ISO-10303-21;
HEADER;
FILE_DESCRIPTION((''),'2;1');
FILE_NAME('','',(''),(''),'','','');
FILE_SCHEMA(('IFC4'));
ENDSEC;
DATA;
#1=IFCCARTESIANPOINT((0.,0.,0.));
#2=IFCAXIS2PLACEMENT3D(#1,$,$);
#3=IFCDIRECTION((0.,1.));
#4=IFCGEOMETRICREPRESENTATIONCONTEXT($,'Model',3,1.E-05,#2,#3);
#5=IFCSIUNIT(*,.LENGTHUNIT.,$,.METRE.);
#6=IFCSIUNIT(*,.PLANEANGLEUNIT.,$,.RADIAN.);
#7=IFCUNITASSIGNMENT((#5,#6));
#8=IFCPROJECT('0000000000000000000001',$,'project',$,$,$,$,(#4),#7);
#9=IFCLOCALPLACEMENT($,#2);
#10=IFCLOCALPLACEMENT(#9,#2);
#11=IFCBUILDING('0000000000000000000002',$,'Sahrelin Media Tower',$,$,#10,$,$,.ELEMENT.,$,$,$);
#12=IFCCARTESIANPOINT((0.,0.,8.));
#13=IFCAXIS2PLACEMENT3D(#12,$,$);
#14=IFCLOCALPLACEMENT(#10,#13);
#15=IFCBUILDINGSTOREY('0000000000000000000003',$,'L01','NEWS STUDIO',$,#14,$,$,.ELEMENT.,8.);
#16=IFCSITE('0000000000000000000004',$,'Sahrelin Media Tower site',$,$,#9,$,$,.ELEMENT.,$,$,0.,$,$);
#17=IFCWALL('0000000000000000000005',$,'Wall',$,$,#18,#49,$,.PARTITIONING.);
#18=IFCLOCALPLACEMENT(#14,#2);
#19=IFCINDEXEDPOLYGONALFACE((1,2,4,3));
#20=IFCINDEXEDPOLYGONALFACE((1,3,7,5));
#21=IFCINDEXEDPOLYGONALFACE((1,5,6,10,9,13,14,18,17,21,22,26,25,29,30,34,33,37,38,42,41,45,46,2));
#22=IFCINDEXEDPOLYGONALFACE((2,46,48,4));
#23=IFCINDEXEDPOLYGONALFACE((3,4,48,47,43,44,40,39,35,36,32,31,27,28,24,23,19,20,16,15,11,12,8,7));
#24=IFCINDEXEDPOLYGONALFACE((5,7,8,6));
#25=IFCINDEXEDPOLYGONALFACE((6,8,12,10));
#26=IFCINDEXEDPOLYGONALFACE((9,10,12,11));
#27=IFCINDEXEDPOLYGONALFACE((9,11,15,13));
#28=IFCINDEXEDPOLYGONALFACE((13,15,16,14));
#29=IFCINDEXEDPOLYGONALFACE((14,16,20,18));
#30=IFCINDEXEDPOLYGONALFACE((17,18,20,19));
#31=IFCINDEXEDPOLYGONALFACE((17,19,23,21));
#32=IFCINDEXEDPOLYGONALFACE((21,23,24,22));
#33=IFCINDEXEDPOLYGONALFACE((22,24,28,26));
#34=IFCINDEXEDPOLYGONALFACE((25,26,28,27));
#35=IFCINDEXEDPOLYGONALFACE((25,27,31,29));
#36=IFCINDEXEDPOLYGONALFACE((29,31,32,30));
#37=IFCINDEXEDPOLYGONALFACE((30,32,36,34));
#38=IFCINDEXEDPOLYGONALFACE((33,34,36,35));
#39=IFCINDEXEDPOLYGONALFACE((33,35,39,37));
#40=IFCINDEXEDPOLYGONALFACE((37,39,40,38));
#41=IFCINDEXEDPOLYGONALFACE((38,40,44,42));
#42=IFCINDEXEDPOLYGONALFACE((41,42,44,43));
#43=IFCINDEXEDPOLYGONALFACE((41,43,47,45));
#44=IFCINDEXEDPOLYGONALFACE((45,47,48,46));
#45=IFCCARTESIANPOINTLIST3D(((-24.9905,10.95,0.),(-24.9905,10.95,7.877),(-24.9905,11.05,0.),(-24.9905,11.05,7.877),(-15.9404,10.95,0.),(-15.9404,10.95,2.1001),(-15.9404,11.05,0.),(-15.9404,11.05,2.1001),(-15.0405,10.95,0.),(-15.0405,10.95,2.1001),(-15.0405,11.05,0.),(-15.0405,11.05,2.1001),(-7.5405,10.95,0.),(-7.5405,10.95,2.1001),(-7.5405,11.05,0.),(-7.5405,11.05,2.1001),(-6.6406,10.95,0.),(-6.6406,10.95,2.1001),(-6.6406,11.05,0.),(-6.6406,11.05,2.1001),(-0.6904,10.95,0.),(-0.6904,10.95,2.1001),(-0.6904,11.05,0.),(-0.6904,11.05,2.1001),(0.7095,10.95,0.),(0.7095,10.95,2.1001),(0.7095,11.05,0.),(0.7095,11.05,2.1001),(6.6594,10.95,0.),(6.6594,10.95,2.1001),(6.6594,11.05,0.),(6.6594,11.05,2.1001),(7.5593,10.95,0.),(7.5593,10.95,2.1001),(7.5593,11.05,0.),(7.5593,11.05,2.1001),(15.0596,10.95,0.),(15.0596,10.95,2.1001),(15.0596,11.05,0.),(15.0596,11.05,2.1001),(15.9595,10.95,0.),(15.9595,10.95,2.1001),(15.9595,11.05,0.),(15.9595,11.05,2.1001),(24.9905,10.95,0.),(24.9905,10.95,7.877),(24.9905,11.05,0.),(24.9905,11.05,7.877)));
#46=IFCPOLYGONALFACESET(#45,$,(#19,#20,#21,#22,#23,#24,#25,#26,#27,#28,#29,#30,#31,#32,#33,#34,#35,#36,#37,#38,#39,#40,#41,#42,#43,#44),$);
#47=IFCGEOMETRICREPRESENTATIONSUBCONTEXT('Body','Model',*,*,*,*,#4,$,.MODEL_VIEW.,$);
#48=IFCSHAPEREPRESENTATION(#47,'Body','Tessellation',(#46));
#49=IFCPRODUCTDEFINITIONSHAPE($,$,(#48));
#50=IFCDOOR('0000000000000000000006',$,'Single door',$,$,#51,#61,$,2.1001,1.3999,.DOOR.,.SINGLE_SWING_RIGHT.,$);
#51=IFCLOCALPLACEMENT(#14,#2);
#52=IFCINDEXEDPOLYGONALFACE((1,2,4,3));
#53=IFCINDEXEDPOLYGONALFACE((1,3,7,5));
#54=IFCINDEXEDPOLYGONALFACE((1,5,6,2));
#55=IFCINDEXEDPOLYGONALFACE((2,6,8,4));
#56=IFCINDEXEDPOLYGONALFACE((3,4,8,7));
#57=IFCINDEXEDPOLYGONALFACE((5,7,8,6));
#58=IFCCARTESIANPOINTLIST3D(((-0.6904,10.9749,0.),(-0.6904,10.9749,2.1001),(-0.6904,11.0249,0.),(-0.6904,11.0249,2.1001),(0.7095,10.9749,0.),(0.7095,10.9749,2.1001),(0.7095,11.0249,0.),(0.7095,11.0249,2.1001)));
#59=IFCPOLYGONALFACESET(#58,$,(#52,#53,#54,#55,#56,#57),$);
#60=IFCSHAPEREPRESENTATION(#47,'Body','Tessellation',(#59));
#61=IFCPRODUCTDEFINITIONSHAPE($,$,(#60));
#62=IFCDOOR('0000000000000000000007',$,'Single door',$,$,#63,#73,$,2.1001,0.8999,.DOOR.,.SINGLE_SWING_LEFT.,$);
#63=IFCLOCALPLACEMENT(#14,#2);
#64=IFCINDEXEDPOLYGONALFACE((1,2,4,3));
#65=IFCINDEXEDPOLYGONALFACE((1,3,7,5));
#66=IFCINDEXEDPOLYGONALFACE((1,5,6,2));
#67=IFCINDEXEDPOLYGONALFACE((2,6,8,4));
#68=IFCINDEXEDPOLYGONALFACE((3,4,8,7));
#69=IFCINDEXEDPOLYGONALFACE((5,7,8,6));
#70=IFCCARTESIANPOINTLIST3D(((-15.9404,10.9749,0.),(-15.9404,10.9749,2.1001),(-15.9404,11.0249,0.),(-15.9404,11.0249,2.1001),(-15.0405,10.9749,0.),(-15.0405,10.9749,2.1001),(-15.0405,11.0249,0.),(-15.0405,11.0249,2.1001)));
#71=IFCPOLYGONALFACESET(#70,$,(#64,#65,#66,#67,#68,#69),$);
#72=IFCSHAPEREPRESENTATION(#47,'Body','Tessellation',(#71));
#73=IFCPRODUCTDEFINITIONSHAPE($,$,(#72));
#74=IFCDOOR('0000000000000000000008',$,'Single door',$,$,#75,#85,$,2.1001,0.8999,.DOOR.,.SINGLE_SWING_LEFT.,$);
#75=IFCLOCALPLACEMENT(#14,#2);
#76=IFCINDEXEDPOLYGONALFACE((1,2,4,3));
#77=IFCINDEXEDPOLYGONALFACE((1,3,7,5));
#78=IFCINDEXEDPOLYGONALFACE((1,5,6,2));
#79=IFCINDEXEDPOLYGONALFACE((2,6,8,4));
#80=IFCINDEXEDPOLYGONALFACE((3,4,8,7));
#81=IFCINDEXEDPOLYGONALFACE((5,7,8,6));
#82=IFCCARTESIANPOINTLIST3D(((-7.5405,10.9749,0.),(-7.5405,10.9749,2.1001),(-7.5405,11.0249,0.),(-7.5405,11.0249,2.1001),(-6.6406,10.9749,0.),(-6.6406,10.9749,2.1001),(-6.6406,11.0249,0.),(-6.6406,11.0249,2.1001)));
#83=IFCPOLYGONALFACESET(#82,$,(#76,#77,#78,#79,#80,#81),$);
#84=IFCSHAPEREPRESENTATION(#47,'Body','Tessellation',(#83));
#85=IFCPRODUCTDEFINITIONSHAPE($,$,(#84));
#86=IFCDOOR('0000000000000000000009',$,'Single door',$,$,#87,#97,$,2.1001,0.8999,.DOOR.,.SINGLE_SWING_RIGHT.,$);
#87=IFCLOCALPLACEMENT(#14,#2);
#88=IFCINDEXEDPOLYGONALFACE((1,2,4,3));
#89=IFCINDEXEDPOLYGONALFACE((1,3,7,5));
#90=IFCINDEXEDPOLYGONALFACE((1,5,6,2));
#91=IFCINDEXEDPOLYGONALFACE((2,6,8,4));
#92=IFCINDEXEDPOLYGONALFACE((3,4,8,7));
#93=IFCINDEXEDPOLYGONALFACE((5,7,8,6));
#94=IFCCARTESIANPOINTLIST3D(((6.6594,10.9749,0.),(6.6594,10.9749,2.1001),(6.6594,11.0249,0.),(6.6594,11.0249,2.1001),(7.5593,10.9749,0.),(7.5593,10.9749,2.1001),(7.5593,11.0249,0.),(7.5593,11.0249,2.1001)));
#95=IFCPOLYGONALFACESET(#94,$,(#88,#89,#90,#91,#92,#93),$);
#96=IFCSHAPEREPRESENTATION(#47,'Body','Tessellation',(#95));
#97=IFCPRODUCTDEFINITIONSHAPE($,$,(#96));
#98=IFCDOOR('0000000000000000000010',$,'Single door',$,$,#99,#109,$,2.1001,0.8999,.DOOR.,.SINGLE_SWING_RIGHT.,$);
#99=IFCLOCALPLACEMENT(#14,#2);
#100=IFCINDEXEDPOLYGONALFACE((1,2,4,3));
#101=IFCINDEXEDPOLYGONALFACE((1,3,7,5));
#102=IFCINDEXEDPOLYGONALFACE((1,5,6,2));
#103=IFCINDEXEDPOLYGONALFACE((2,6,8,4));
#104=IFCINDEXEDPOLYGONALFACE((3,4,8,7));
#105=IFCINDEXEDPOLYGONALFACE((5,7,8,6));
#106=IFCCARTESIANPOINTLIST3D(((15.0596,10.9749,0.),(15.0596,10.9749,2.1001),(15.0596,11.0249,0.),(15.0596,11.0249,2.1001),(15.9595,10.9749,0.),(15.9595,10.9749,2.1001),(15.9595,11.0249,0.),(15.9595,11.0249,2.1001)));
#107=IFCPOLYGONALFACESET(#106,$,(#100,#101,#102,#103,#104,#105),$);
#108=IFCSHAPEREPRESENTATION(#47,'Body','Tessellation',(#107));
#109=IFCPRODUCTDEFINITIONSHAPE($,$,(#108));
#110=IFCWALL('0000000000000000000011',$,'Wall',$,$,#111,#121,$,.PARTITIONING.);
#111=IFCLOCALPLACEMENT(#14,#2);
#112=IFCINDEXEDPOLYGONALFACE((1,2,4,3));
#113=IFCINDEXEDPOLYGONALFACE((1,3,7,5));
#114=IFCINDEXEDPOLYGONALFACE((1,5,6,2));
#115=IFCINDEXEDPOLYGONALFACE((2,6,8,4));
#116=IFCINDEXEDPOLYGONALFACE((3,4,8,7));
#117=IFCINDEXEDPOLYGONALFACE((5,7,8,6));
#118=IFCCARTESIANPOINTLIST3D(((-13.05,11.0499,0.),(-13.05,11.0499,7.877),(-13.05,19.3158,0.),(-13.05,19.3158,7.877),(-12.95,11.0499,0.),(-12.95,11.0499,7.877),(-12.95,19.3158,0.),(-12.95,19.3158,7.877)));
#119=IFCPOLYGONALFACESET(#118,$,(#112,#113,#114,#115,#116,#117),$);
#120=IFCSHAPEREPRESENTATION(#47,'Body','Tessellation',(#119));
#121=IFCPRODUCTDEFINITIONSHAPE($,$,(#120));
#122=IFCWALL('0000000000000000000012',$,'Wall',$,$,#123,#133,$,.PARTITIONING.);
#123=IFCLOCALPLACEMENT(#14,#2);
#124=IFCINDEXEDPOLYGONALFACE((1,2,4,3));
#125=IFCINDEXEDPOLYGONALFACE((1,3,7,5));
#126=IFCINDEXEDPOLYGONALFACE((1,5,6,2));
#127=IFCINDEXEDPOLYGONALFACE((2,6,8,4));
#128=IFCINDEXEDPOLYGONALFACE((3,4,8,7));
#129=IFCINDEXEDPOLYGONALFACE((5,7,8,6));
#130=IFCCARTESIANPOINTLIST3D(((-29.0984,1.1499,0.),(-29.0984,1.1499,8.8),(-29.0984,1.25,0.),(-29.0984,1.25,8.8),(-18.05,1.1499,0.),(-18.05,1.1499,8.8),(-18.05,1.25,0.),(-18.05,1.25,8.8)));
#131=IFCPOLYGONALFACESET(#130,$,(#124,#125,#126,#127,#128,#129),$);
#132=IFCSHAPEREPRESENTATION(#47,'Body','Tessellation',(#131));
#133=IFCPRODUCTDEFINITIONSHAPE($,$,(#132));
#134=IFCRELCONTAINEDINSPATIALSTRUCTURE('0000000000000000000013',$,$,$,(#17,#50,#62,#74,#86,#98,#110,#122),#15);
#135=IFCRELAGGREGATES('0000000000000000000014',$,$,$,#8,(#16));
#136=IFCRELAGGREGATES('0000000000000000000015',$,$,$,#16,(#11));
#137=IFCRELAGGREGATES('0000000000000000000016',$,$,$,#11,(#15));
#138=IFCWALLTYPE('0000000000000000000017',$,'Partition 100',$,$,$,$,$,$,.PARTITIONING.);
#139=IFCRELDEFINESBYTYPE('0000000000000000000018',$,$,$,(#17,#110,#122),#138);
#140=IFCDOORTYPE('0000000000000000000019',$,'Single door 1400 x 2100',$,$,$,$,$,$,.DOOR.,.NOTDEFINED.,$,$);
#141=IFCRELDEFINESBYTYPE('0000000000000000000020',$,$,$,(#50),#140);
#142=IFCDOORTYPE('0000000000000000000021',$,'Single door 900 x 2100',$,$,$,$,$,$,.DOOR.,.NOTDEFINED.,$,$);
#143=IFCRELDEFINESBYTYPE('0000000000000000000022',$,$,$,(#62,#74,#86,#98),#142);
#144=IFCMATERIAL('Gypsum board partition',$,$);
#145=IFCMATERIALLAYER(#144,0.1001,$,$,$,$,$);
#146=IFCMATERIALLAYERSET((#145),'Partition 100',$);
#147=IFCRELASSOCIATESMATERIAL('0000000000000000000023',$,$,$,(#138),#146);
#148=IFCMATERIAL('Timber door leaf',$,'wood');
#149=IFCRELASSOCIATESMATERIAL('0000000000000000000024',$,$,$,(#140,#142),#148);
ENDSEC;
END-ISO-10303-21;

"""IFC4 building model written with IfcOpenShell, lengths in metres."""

from ifc_helpers import new_model, si_unit, direction, frame, frame_2d, origin, place, context, subcontext, project, spatial, rectangle, extrude, material, layer, layer_set, type_object, element, fill, save


model = new_model("IFC4")

# Units and contexts
model_context = context("Model", 3, precision=1e-05, world=origin(), true_north=direction((0.0, 1.0)))
body_context = subcontext(model_context, "Body", "Model", "MODEL_VIEW")
ifc_project = project(units=[si_unit("LENGTHUNIT", "METRE"), si_unit("PLANEANGLEUNIT", "RADIAN")], contexts=[model_context])

# Site, building, storey
site_placement = place(None, origin())
site = spatial("IfcSite", under=ifc_project, at=site_placement, Name="Sahrelin Media Tower site", CompositionType="ELEMENT", RefElevation=0.0)
building_placement = place(site_placement, origin())
building = spatial("IfcBuilding", under=site, at=building_placement, Name="Sahrelin Media Tower", CompositionType="ELEMENT")
storey_placement = place(building_placement, frame((0.0, 0.0, 8.0)))
storey = spatial("IfcBuildingStorey", under=building, at=storey_placement, Name="L01", Description="NEWS STUDIO", CompositionType="ELEMENT", Elevation=8.0)

# Shared definitions
ifc_material_1 = material(Name="Gypsum board partition")
ifc_layer_1 = layer(ifc_material_1, 0.1001)
ifc_layer_set_1 = layer_set([ifc_layer_1], Name="Partition 100")
wall_type_1 = type_object("IfcWallType", Name="Partition 100", PredefinedType="PARTITIONING", material=ifc_layer_set_1)

# Wall, openings, doors
wall_1_placement = place(storey_placement, frame((-24.9905, 11.0, 0.0), z_axis=(0.0, 0.0, 1.0), x_axis=(1.0, 0.0, 0.0)))
wall_1 = element("IfcWall", 1, at=wall_1_placement, inside=storey, type_object=wall_type_1, Name="Wall", PredefinedType="PARTITIONING", context=body_context, shape_type="SweptSolid", body=[
    extrude(rectangle(XDim=49.981, YDim=0.1001, at=frame_2d((24.9905, 0.0))), origin(), (0.0, 0.0, 1.0), 7.877),
])
opening_1_placement = place(wall_1_placement, frame((9.05, 0.0, 0.0)))
opening_1 = element("IfcOpeningElement", 2, at=opening_1_placement, cuts=wall_1, PredefinedType="OPENING", context=body_context, shape_type="SweptSolid", body=[
    extrude(rectangle(XDim=0.8999, YDim=2.1001, at=frame_2d((0.45, 1.05))), frame((0.0, 0.05, 0.0), z_axis=(0.0, -1.0, 0.0), x_axis=(1.0, 0.0, 0.0)), (0.0, 0.0, 1.0), 0.1001),
])
opening_2_placement = place(wall_1_placement, frame((17.45, 0.0, 0.0)))
opening_2 = element("IfcOpeningElement", 3, at=opening_2_placement, cuts=wall_1, PredefinedType="OPENING", context=body_context, shape_type="SweptSolid", body=[
    extrude(rectangle(XDim=0.8999, YDim=2.1001, at=frame_2d((0.45, 1.05))), frame((0.0, 0.05, 0.0), z_axis=(0.0, -1.0, 0.0), x_axis=(1.0, 0.0, 0.0)), (0.0, 0.0, 1.0), 0.1001),
])
opening_3_placement = place(wall_1_placement, frame((24.3, 0.0, 0.0)))
opening_3 = element("IfcOpeningElement", 4, at=opening_3_placement, cuts=wall_1, PredefinedType="OPENING", context=body_context, shape_type="SweptSolid", body=[
    extrude(rectangle(XDim=1.3999, YDim=2.1001, at=frame_2d((0.7, 1.05))), frame((0.0, 0.05, 0.0), z_axis=(0.0, -1.0, 0.0), x_axis=(1.0, 0.0, 0.0)), (0.0, 0.0, 1.0), 0.1001),
])
opening_4_placement = place(wall_1_placement, frame((31.6499, 0.0, 0.0)))
opening_4 = element("IfcOpeningElement", 5, at=opening_4_placement, cuts=wall_1, PredefinedType="OPENING", context=body_context, shape_type="SweptSolid", body=[
    extrude(rectangle(XDim=0.8999, YDim=2.1001, at=frame_2d((0.45, 1.05))), frame((0.0, 0.05, 0.0), z_axis=(0.0, -1.0, 0.0), x_axis=(1.0, 0.0, 0.0)), (0.0, 0.0, 1.0), 0.1001),
])
opening_5_placement = place(wall_1_placement, frame((40.05, 0.0, 0.0)))
opening_5 = element("IfcOpeningElement", 6, at=opening_5_placement, cuts=wall_1, PredefinedType="OPENING", context=body_context, shape_type="SweptSolid", body=[
    extrude(rectangle(XDim=0.8999, YDim=2.1001, at=frame_2d((0.45, 1.05))), frame((0.0, 0.05, 0.0), z_axis=(0.0, -1.0, 0.0), x_axis=(1.0, 0.0, 0.0)), (0.0, 0.0, 1.0), 0.1001),
])
ifc_material_2 = material(Name="Timber door leaf", Category="wood")
door_type_1 = type_object("IfcDoorType", Name="Single door 1400 x 2100", OperationType="NOTDEFINED", PredefinedType="DOOR", material=ifc_material_2)
door_1_placement = place(opening_3_placement, origin())
door_1 = element("IfcDoor", 7, at=door_1_placement, inside=storey, type_object=door_type_1, Name="Single door", OperationType="SINGLE_SWING_RIGHT", OverallHeight=2.1001, OverallWidth=1.3999, PredefinedType="DOOR", context=body_context, shape_type="SweptSolid", body=[
    extrude(rectangle(XDim=1.3999, YDim=2.1001, at=frame_2d((0.7, 1.05))), frame((0.0, 0.0249, 0.0), z_axis=(0.0, -1.0, 0.0), x_axis=(1.0, 0.0, 0.0)), (0.0, 0.0, 1.0), 0.05),
])
fill(opening_3, door_1)
door_type_2 = type_object("IfcDoorType", Name="Single door 900 x 2100", OperationType="NOTDEFINED", PredefinedType="DOOR", material=ifc_material_2)
door_2_placement = place(opening_1_placement, origin())
door_2 = element("IfcDoor", 8, at=door_2_placement, inside=storey, type_object=door_type_2, Name="Single door", OperationType="SINGLE_SWING_LEFT", OverallHeight=2.1001, OverallWidth=0.8999, PredefinedType="DOOR", context=body_context, shape_type="SweptSolid", body=[
    extrude(rectangle(XDim=0.8999, YDim=2.1001, at=frame_2d((0.45, 1.05))), frame((0.0, 0.0249, 0.0), z_axis=(0.0, -1.0, 0.0), x_axis=(1.0, 0.0, 0.0)), (0.0, 0.0, 1.0), 0.05),
])
fill(opening_1, door_2)
door_3_placement = place(opening_2_placement, origin())
door_3 = element("IfcDoor", 9, at=door_3_placement, inside=storey, type_object=door_type_2, Name="Single door", OperationType="SINGLE_SWING_LEFT", OverallHeight=2.1001, OverallWidth=0.8999, PredefinedType="DOOR", context=body_context, shape_type="SweptSolid", body=[
    extrude(rectangle(XDim=0.8999, YDim=2.1001, at=frame_2d((0.45, 1.05))), frame((0.0, 0.0249, 0.0), z_axis=(0.0, -1.0, 0.0), x_axis=(1.0, 0.0, 0.0)), (0.0, 0.0, 1.0), 0.05),
])
fill(opening_2, door_3)
door_4_placement = place(opening_4_placement, origin())
door_4 = element("IfcDoor", 10, at=door_4_placement, inside=storey, type_object=door_type_2, Name="Single door", OperationType="SINGLE_SWING_RIGHT", OverallHeight=2.1001, OverallWidth=0.8999, PredefinedType="DOOR", context=body_context, shape_type="SweptSolid", body=[
    extrude(rectangle(XDim=0.8999, YDim=2.1001, at=frame_2d((0.45, 1.05))), frame((0.0, 0.0249, 0.0), z_axis=(0.0, -1.0, 0.0), x_axis=(1.0, 0.0, 0.0)), (0.0, 0.0, 1.0), 0.05),
])
fill(opening_4, door_4)
door_5_placement = place(opening_5_placement, origin())
door_5 = element("IfcDoor", 11, at=door_5_placement, inside=storey, type_object=door_type_2, Name="Single door", OperationType="SINGLE_SWING_RIGHT", OverallHeight=2.1001, OverallWidth=0.8999, PredefinedType="DOOR", context=body_context, shape_type="SweptSolid", body=[
    extrude(rectangle(XDim=0.8999, YDim=2.1001, at=frame_2d((0.45, 1.05))), frame((0.0, 0.0249, 0.0), z_axis=(0.0, -1.0, 0.0), x_axis=(1.0, 0.0, 0.0)), (0.0, 0.0, 1.0), 0.05),
])
fill(opening_5, door_5)

# Walls
wall_2_placement = place(storey_placement, frame((-13.0, 11.05, 0.0), z_axis=(0.0, 0.0, 1.0), x_axis=(0.0, 1.0, 0.0)))
element("IfcWall", 12, at=wall_2_placement, inside=storey, type_object=wall_type_1, Name="Wall", PredefinedType="PARTITIONING", context=body_context, shape_type="SweptSolid", body=[
    extrude(rectangle(XDim=8.2659, YDim=0.1001, at=frame_2d((4.1328, 0.0))), origin(), (0.0, 0.0, 1.0), 7.877),
])
wall_3_placement = place(storey_placement, frame((-18.05, 1.2, 0.0), z_axis=(0.0, 0.0, 1.0), x_axis=(-1.0, 0.0, 0.0)))
element("IfcWall", 13, at=wall_3_placement, inside=storey, type_object=wall_type_1, Name="Wall", PredefinedType="PARTITIONING", context=body_context, shape_type="SweptSolid", body=[
    extrude(rectangle(XDim=11.0483, YDim=0.1001, at=frame_2d((5.5242, 0.0))), origin(), (0.0, 0.0, 1.0), 8.8),
])

save(model, "model.ifc")
